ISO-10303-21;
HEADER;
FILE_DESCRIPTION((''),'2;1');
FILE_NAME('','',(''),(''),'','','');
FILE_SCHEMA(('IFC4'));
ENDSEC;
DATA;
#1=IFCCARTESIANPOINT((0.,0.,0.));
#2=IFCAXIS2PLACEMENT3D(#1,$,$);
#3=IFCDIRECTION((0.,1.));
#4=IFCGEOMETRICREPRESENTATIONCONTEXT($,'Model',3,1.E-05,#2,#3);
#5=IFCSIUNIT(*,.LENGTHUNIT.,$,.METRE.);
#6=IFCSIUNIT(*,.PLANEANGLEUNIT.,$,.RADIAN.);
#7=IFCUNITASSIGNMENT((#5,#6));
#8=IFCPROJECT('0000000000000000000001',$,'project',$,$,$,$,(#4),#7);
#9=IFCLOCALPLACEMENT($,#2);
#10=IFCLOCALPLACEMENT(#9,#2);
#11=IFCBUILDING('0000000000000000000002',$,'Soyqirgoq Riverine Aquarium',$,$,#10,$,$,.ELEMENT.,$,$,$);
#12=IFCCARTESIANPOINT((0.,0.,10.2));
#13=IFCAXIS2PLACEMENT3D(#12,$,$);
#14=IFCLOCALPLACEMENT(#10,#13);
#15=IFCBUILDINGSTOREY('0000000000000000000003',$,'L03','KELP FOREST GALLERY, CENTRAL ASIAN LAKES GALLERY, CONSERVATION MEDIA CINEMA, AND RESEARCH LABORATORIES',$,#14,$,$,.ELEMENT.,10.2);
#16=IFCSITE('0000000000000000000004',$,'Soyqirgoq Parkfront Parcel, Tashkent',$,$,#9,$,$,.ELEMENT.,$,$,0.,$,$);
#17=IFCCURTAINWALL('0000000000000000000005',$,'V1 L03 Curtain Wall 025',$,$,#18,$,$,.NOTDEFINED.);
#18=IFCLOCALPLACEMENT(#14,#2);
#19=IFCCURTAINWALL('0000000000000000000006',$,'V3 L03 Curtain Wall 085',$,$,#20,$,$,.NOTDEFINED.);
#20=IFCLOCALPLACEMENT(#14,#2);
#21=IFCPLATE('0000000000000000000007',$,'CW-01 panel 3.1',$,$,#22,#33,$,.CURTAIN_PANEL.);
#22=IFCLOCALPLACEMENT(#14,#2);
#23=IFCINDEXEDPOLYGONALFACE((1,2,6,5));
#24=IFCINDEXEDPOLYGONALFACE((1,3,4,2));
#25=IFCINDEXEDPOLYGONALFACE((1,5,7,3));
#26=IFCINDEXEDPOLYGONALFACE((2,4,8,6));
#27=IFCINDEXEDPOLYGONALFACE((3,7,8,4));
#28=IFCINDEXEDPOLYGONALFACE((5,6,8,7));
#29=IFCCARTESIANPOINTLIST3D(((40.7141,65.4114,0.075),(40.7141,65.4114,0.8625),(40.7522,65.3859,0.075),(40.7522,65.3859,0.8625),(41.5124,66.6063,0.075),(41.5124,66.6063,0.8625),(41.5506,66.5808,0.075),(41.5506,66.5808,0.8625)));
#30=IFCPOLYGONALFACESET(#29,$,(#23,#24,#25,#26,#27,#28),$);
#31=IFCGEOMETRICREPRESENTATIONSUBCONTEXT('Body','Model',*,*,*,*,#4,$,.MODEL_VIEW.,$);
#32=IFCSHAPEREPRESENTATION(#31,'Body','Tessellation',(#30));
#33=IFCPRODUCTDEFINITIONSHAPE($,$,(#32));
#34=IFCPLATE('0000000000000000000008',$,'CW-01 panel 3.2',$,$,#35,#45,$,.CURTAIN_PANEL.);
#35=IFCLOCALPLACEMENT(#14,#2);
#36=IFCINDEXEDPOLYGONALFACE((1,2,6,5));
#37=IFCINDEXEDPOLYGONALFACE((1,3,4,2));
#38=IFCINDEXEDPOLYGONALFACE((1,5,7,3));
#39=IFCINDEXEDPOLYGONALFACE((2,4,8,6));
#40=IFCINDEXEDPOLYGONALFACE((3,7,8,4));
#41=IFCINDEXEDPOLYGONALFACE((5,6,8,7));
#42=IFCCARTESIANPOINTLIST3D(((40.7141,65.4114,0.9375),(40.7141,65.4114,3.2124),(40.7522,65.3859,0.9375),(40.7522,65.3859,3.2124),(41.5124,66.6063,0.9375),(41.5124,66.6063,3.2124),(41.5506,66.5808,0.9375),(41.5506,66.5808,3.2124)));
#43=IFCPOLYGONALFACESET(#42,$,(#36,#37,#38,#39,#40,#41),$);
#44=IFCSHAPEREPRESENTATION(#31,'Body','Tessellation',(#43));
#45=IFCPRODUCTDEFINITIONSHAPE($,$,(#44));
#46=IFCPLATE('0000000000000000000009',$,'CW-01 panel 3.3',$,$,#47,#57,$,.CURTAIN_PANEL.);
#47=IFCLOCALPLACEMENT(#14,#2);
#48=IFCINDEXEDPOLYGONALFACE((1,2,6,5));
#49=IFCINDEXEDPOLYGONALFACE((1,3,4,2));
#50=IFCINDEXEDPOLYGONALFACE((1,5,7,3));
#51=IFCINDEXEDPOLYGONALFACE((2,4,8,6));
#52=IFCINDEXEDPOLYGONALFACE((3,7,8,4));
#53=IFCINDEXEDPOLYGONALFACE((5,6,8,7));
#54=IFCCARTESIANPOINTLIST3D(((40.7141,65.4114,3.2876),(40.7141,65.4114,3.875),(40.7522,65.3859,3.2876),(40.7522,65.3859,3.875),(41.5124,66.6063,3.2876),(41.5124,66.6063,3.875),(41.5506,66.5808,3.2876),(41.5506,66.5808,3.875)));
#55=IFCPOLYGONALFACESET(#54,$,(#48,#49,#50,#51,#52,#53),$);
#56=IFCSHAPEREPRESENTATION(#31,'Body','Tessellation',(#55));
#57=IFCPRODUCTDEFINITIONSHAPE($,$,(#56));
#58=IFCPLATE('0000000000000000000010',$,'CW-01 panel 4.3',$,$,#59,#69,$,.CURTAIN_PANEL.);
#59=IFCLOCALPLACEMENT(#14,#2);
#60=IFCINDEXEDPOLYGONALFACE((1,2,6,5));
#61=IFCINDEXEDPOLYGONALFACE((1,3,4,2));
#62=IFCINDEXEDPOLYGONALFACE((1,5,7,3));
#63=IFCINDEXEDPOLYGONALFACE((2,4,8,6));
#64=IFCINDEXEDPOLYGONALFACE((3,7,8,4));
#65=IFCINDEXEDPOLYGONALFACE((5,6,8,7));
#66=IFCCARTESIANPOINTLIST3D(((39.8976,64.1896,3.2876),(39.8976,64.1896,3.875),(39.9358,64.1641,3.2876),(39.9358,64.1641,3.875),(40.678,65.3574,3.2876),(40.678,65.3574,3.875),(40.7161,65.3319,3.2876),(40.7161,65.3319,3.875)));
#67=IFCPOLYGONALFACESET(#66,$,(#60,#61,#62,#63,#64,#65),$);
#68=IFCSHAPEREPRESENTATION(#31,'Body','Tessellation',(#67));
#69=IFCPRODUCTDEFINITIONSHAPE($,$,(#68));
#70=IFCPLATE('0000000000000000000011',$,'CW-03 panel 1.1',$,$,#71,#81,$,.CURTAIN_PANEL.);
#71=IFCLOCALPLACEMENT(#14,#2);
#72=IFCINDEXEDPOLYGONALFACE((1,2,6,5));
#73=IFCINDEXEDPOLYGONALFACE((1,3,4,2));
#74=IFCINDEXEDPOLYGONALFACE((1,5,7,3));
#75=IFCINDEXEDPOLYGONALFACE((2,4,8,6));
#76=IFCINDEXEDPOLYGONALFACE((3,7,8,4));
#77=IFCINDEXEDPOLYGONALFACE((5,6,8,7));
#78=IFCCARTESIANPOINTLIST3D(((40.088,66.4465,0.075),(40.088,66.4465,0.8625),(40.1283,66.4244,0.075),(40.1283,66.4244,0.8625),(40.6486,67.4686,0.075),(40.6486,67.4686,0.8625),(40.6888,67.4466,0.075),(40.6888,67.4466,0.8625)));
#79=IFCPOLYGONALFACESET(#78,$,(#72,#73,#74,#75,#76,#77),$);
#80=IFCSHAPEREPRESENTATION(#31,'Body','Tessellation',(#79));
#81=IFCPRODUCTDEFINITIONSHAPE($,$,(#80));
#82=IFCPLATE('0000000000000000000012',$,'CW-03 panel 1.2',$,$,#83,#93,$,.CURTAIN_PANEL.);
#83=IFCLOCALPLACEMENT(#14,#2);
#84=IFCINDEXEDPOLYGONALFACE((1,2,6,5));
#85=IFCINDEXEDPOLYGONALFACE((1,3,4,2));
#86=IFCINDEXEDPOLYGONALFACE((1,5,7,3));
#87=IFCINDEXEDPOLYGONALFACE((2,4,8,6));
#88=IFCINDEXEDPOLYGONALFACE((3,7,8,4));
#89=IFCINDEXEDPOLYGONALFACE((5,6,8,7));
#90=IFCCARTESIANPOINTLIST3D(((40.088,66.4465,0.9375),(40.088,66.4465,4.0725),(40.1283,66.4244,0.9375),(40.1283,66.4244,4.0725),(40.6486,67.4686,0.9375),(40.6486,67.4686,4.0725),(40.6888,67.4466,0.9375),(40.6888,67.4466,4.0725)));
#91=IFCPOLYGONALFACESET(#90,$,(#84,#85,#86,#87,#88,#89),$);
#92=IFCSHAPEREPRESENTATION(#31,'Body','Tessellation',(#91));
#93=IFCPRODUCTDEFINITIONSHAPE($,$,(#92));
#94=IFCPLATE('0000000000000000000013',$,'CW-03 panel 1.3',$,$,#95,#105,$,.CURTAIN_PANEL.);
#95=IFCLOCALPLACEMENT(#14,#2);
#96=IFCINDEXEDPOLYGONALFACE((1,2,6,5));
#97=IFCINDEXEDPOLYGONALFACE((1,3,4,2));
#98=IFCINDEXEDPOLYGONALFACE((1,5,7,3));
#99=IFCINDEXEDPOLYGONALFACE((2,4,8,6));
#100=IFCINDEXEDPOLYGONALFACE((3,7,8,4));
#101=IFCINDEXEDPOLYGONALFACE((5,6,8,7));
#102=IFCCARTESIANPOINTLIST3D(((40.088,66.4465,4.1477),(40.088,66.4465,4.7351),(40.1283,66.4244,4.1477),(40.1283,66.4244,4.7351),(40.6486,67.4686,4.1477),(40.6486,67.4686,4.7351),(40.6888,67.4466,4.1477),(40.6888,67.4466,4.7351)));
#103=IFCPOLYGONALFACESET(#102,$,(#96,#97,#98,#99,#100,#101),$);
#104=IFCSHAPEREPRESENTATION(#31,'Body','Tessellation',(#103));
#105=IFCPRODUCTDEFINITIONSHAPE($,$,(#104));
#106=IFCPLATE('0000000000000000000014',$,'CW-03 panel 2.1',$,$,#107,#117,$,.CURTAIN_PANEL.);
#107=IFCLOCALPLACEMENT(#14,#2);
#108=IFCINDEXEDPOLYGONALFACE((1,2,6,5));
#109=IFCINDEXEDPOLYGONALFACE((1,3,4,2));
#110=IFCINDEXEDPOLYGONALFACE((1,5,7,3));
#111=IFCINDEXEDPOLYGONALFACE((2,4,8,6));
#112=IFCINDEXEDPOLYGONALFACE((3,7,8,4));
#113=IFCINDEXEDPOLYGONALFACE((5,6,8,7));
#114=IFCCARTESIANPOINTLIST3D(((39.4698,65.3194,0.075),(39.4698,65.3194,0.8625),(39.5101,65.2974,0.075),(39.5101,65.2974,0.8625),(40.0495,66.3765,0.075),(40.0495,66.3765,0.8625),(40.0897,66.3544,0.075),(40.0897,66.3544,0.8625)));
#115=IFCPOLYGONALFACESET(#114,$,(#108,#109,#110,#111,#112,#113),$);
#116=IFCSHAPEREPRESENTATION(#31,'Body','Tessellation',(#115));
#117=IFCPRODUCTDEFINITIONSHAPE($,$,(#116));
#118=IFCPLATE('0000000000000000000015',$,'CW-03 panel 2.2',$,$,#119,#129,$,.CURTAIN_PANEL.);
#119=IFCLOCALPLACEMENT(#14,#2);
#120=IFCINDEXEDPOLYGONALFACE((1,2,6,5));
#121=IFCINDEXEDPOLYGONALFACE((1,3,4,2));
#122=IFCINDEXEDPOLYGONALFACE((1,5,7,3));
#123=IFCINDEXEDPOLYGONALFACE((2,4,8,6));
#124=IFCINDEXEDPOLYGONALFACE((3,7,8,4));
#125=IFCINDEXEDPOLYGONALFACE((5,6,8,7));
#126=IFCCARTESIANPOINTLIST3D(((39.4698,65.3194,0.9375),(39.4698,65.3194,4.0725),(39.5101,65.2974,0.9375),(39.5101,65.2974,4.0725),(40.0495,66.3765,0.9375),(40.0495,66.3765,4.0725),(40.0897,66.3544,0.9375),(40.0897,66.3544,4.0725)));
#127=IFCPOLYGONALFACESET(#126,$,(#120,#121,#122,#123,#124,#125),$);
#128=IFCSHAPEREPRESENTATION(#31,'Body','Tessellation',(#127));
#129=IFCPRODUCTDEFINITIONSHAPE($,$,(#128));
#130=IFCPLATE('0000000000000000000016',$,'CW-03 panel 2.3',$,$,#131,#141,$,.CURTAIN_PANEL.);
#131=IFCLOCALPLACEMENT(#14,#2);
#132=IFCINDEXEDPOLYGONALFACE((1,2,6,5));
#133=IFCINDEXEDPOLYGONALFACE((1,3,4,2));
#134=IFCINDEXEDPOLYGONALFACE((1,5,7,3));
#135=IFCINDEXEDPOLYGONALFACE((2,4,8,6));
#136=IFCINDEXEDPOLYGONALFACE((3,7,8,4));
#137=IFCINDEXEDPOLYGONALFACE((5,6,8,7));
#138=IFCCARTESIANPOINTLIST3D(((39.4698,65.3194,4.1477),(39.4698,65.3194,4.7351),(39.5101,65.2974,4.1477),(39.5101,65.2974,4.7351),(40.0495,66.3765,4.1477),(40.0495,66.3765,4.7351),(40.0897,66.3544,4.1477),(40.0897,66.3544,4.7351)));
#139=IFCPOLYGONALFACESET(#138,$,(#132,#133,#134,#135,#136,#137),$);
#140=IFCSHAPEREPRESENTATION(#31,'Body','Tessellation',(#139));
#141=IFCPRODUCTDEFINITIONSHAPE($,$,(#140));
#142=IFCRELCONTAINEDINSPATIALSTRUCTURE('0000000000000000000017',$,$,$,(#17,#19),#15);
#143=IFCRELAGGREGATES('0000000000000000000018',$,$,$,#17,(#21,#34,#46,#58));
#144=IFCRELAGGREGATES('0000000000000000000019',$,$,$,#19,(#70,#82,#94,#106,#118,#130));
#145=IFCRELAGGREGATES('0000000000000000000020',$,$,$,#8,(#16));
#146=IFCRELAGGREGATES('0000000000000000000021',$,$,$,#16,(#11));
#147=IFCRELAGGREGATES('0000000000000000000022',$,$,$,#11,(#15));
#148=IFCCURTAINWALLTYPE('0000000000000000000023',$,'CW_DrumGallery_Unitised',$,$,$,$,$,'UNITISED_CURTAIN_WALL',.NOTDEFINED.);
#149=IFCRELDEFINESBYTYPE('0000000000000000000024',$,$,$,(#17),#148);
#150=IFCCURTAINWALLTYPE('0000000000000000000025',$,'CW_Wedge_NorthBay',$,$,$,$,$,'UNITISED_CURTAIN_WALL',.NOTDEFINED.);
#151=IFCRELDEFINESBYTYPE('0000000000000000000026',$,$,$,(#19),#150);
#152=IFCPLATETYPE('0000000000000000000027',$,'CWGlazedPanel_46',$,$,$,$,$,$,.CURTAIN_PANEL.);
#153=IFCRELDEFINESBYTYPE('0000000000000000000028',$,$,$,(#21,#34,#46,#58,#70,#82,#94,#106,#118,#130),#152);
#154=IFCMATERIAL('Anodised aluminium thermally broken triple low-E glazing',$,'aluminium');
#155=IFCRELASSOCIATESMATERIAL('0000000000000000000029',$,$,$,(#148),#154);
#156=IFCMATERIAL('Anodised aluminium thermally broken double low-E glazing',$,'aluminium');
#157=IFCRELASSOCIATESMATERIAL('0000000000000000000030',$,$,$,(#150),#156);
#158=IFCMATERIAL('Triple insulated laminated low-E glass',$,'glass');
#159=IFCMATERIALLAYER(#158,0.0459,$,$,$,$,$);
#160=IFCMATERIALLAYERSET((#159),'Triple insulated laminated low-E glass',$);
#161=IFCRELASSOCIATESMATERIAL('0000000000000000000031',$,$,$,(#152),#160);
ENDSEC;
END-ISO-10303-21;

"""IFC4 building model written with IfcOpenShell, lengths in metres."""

from ifc_helpers import new_model, si_unit, direction, frame, origin, origin_2d, place, context, subcontext, project, spatial, rectangle, extrude, material, layer, layer_set, type_object, element, aggregate, save


model = new_model("IFC4")

# Units and contexts
model_context = context("Model", 3, precision=1e-05, world=origin(), true_north=direction((0.0, 1.0)))
body_context = subcontext(model_context, "Body", "Model", "MODEL_VIEW")
ifc_project = project(units=[si_unit("LENGTHUNIT", "METRE"), si_unit("PLANEANGLEUNIT", "RADIAN")], contexts=[model_context])

# Site, building, storey
site_placement = place(None, origin())
site = spatial("IfcSite", under=ifc_project, at=site_placement, Name="Soyqirgoq Parkfront Parcel, Tashkent", CompositionType="ELEMENT", RefElevation=0.0)
building_placement = place(site_placement, origin())
building = spatial("IfcBuilding", under=site, at=building_placement, Name="Soyqirgoq Riverine Aquarium", CompositionType="ELEMENT")
storey_placement = place(building_placement, frame((0.0, 0.0, 10.2)))
storey = spatial("IfcBuildingStorey", under=building, at=storey_placement, Name="L03", Description="KELP FOREST GALLERY, CENTRAL ASIAN LAKES GALLERY, CONSERVATION MEDIA CINEMA, AND RESEARCH LABORATORIES", CompositionType="ELEMENT", Elevation=10.2)

# Curtain walls
ifc_material_1 = material(Name="Anodised aluminium thermally broken triple low-E glazing", Category="aluminium")
curtain_wall_type_1 = type_object("IfcCurtainWallType", Name="CW_DrumGallery_Unitised", ElementType="UNITISED_CURTAIN_WALL", PredefinedType="NOTDEFINED", material=ifc_material_1)
curtain_wall_1_placement = place(storey_placement, origin())
curtain_wall_1 = element("IfcCurtainWall", 1, at=curtain_wall_1_placement, inside=storey, type_object=curtain_wall_type_1, Name="V1 L03 Curtain Wall 025", PredefinedType="NOTDEFINED")
ifc_material_2 = material(Name="Anodised aluminium thermally broken double low-E glazing", Category="aluminium")
curtain_wall_type_2 = type_object("IfcCurtainWallType", Name="CW_Wedge_NorthBay", ElementType="UNITISED_CURTAIN_WALL", PredefinedType="NOTDEFINED", material=ifc_material_2)
curtain_wall_2_placement = place(storey_placement, origin())
curtain_wall_2 = element("IfcCurtainWall", 2, at=curtain_wall_2_placement, inside=storey, type_object=curtain_wall_type_2, Name="V3 L03 Curtain Wall 085", PredefinedType="NOTDEFINED")

# Plates
ifc_material_3 = material(Name="Triple insulated laminated low-E glass", Category="glass")
ifc_layer = layer(ifc_material_3, 0.0459)
ifc_layer_set = layer_set([ifc_layer], Name="Triple insulated laminated low-E glass")
plate_type = type_object("IfcPlateType", Name="CWGlazedPanel_46", PredefinedType="CURTAIN_PANEL", material=ifc_layer_set)
plate_1_placement = place(storey_placement, frame((41.1323, 65.9961, 0.075), z_axis=(0.0, 0.0, 1.0), x_axis=(-0.555572, -0.831469, 0.0)))
plate_1 = element("IfcPlate", 3, at=plate_1_placement, type_object=plate_type, Name="CW-01 panel 3.1", PredefinedType="CURTAIN_PANEL", context=body_context, shape_type="SweptSolid", body=[
    extrude(rectangle(XDim=1.437, YDim=0.0459, at=origin_2d()), origin(), (0.0, 0.0, 1.0), 0.7876),
])
plate_2_placement = place(storey_placement, frame((41.1323, 65.9961, 0.9375), z_axis=(0.0, 0.0, 1.0), x_axis=(-0.555572, -0.831469, 0.0)))
plate_2 = element("IfcPlate", 4, at=plate_2_placement, type_object=plate_type, Name="CW-01 panel 3.2", PredefinedType="CURTAIN_PANEL", context=body_context, shape_type="SweptSolid", body=[
    extrude(rectangle(XDim=1.437, YDim=0.0459, at=origin_2d()), origin(), (0.0, 0.0, 1.0), 2.2749),
])
plate_3_placement = place(storey_placement, frame((41.1323, 65.9961, 3.2876), z_axis=(0.0, 0.0, 1.0), x_axis=(-0.555572, -0.831469, 0.0)))
plate_3 = element("IfcPlate", 5, at=plate_3_placement, type_object=plate_type, Name="CW-01 panel 3.3", PredefinedType="CURTAIN_PANEL", context=body_context, shape_type="SweptSolid", body=[
    extrude(rectangle(XDim=1.437, YDim=0.0459, at=origin_2d()), origin(), (0.0, 0.0, 1.0), 0.5874),
])
plate_4_placement = place(storey_placement, frame((40.3069, 64.7607, 3.2876), z_axis=(0.0, 0.0, 1.0), x_axis=(-0.555572, -0.831469, 0.0)))
plate_4 = element("IfcPlate", 6, at=plate_4_placement, type_object=plate_type, Name="CW-01 panel 4.3", PredefinedType="CURTAIN_PANEL", context=body_context, shape_type="SweptSolid", body=[
    extrude(rectangle(XDim=1.4045, YDim=0.0459, at=origin_2d()), origin(), (0.0, 0.0, 1.0), 0.5874),
])
aggregate(curtain_wall_1, [plate_1, plate_2, plate_3, plate_4])
plate_5_placement = place(storey_placement, frame((40.3884, 66.9465, 0.075), z_axis=(0.0, 0.0, 1.0), x_axis=(-0.480835, -0.876811, 0.0)))
plate_5 = element("IfcPlate", 7, at=plate_5_placement, type_object=plate_type, Name="CW-03 panel 1.1", PredefinedType="CURTAIN_PANEL", context=body_context, shape_type="SweptSolid", body=[
    extrude(rectangle(XDim=1.1658, YDim=0.0459, at=origin_2d()), origin(), (0.0, 0.0, 1.0), 0.7876),
])
plate_6_placement = place(storey_placement, frame((40.3884, 66.9465, 0.9375), z_axis=(0.0, 0.0, 1.0), x_axis=(-0.480835, -0.876811, 0.0)))
plate_6 = element("IfcPlate", 8, at=plate_6_placement, type_object=plate_type, Name="CW-03 panel 1.2", PredefinedType="CURTAIN_PANEL", context=body_context, shape_type="SweptSolid", body=[
    extrude(rectangle(XDim=1.1658, YDim=0.0459, at=origin_2d()), origin(), (0.0, 0.0, 1.0), 3.135),
])
plate_7_placement = place(storey_placement, frame((40.3884, 66.9465, 4.1477), z_axis=(0.0, 0.0, 1.0), x_axis=(-0.480835, -0.876811, 0.0)))
plate_7 = element("IfcPlate", 9, at=plate_7_placement, type_object=plate_type, Name="CW-03 panel 1.3", PredefinedType="CURTAIN_PANEL", context=body_context, shape_type="SweptSolid", body=[
    extrude(rectangle(XDim=1.1658, YDim=0.0459, at=origin_2d()), origin(), (0.0, 0.0, 1.0), 0.5874),
])
plate_8_placement = place(storey_placement, frame((39.7798, 65.8369, 0.075), z_axis=(0.0, 0.0, 1.0), x_axis=(-0.480835, -0.876811, 0.0)))
plate_8 = element("IfcPlate", 10, at=plate_8_placement, type_object=plate_type, Name="CW-03 panel 2.1", PredefinedType="CURTAIN_PANEL", context=body_context, shape_type="SweptSolid", body=[
    extrude(rectangle(XDim=1.2056, YDim=0.0459, at=origin_2d()), origin(), (0.0, 0.0, 1.0), 0.7876),
])
plate_9_placement = place(storey_placement, frame((39.7798, 65.8369, 0.9375), z_axis=(0.0, 0.0, 1.0), x_axis=(-0.480835, -0.876811, 0.0)))
plate_9 = element("IfcPlate", 11, at=plate_9_placement, type_object=plate_type, Name="CW-03 panel 2.2", PredefinedType="CURTAIN_PANEL", context=body_context, shape_type="SweptSolid", body=[
    extrude(rectangle(XDim=1.2056, YDim=0.0459, at=origin_2d()), origin(), (0.0, 0.0, 1.0), 3.135),
])
plate_10_placement = place(storey_placement, frame((39.7798, 65.8369, 4.1477), z_axis=(0.0, 0.0, 1.0), x_axis=(-0.480835, -0.876811, 0.0)))
plate_10 = element("IfcPlate", 12, at=plate_10_placement, type_object=plate_type, Name="CW-03 panel 2.3", PredefinedType="CURTAIN_PANEL", context=body_context, shape_type="SweptSolid", body=[
    extrude(rectangle(XDim=1.2056, YDim=0.0459, at=origin_2d()), origin(), (0.0, 0.0, 1.0), 0.5874),
])
aggregate(curtain_wall_2, [plate_5, plate_6, plate_7, plate_8, plate_9, plate_10])

save(model, "model.ifc")
